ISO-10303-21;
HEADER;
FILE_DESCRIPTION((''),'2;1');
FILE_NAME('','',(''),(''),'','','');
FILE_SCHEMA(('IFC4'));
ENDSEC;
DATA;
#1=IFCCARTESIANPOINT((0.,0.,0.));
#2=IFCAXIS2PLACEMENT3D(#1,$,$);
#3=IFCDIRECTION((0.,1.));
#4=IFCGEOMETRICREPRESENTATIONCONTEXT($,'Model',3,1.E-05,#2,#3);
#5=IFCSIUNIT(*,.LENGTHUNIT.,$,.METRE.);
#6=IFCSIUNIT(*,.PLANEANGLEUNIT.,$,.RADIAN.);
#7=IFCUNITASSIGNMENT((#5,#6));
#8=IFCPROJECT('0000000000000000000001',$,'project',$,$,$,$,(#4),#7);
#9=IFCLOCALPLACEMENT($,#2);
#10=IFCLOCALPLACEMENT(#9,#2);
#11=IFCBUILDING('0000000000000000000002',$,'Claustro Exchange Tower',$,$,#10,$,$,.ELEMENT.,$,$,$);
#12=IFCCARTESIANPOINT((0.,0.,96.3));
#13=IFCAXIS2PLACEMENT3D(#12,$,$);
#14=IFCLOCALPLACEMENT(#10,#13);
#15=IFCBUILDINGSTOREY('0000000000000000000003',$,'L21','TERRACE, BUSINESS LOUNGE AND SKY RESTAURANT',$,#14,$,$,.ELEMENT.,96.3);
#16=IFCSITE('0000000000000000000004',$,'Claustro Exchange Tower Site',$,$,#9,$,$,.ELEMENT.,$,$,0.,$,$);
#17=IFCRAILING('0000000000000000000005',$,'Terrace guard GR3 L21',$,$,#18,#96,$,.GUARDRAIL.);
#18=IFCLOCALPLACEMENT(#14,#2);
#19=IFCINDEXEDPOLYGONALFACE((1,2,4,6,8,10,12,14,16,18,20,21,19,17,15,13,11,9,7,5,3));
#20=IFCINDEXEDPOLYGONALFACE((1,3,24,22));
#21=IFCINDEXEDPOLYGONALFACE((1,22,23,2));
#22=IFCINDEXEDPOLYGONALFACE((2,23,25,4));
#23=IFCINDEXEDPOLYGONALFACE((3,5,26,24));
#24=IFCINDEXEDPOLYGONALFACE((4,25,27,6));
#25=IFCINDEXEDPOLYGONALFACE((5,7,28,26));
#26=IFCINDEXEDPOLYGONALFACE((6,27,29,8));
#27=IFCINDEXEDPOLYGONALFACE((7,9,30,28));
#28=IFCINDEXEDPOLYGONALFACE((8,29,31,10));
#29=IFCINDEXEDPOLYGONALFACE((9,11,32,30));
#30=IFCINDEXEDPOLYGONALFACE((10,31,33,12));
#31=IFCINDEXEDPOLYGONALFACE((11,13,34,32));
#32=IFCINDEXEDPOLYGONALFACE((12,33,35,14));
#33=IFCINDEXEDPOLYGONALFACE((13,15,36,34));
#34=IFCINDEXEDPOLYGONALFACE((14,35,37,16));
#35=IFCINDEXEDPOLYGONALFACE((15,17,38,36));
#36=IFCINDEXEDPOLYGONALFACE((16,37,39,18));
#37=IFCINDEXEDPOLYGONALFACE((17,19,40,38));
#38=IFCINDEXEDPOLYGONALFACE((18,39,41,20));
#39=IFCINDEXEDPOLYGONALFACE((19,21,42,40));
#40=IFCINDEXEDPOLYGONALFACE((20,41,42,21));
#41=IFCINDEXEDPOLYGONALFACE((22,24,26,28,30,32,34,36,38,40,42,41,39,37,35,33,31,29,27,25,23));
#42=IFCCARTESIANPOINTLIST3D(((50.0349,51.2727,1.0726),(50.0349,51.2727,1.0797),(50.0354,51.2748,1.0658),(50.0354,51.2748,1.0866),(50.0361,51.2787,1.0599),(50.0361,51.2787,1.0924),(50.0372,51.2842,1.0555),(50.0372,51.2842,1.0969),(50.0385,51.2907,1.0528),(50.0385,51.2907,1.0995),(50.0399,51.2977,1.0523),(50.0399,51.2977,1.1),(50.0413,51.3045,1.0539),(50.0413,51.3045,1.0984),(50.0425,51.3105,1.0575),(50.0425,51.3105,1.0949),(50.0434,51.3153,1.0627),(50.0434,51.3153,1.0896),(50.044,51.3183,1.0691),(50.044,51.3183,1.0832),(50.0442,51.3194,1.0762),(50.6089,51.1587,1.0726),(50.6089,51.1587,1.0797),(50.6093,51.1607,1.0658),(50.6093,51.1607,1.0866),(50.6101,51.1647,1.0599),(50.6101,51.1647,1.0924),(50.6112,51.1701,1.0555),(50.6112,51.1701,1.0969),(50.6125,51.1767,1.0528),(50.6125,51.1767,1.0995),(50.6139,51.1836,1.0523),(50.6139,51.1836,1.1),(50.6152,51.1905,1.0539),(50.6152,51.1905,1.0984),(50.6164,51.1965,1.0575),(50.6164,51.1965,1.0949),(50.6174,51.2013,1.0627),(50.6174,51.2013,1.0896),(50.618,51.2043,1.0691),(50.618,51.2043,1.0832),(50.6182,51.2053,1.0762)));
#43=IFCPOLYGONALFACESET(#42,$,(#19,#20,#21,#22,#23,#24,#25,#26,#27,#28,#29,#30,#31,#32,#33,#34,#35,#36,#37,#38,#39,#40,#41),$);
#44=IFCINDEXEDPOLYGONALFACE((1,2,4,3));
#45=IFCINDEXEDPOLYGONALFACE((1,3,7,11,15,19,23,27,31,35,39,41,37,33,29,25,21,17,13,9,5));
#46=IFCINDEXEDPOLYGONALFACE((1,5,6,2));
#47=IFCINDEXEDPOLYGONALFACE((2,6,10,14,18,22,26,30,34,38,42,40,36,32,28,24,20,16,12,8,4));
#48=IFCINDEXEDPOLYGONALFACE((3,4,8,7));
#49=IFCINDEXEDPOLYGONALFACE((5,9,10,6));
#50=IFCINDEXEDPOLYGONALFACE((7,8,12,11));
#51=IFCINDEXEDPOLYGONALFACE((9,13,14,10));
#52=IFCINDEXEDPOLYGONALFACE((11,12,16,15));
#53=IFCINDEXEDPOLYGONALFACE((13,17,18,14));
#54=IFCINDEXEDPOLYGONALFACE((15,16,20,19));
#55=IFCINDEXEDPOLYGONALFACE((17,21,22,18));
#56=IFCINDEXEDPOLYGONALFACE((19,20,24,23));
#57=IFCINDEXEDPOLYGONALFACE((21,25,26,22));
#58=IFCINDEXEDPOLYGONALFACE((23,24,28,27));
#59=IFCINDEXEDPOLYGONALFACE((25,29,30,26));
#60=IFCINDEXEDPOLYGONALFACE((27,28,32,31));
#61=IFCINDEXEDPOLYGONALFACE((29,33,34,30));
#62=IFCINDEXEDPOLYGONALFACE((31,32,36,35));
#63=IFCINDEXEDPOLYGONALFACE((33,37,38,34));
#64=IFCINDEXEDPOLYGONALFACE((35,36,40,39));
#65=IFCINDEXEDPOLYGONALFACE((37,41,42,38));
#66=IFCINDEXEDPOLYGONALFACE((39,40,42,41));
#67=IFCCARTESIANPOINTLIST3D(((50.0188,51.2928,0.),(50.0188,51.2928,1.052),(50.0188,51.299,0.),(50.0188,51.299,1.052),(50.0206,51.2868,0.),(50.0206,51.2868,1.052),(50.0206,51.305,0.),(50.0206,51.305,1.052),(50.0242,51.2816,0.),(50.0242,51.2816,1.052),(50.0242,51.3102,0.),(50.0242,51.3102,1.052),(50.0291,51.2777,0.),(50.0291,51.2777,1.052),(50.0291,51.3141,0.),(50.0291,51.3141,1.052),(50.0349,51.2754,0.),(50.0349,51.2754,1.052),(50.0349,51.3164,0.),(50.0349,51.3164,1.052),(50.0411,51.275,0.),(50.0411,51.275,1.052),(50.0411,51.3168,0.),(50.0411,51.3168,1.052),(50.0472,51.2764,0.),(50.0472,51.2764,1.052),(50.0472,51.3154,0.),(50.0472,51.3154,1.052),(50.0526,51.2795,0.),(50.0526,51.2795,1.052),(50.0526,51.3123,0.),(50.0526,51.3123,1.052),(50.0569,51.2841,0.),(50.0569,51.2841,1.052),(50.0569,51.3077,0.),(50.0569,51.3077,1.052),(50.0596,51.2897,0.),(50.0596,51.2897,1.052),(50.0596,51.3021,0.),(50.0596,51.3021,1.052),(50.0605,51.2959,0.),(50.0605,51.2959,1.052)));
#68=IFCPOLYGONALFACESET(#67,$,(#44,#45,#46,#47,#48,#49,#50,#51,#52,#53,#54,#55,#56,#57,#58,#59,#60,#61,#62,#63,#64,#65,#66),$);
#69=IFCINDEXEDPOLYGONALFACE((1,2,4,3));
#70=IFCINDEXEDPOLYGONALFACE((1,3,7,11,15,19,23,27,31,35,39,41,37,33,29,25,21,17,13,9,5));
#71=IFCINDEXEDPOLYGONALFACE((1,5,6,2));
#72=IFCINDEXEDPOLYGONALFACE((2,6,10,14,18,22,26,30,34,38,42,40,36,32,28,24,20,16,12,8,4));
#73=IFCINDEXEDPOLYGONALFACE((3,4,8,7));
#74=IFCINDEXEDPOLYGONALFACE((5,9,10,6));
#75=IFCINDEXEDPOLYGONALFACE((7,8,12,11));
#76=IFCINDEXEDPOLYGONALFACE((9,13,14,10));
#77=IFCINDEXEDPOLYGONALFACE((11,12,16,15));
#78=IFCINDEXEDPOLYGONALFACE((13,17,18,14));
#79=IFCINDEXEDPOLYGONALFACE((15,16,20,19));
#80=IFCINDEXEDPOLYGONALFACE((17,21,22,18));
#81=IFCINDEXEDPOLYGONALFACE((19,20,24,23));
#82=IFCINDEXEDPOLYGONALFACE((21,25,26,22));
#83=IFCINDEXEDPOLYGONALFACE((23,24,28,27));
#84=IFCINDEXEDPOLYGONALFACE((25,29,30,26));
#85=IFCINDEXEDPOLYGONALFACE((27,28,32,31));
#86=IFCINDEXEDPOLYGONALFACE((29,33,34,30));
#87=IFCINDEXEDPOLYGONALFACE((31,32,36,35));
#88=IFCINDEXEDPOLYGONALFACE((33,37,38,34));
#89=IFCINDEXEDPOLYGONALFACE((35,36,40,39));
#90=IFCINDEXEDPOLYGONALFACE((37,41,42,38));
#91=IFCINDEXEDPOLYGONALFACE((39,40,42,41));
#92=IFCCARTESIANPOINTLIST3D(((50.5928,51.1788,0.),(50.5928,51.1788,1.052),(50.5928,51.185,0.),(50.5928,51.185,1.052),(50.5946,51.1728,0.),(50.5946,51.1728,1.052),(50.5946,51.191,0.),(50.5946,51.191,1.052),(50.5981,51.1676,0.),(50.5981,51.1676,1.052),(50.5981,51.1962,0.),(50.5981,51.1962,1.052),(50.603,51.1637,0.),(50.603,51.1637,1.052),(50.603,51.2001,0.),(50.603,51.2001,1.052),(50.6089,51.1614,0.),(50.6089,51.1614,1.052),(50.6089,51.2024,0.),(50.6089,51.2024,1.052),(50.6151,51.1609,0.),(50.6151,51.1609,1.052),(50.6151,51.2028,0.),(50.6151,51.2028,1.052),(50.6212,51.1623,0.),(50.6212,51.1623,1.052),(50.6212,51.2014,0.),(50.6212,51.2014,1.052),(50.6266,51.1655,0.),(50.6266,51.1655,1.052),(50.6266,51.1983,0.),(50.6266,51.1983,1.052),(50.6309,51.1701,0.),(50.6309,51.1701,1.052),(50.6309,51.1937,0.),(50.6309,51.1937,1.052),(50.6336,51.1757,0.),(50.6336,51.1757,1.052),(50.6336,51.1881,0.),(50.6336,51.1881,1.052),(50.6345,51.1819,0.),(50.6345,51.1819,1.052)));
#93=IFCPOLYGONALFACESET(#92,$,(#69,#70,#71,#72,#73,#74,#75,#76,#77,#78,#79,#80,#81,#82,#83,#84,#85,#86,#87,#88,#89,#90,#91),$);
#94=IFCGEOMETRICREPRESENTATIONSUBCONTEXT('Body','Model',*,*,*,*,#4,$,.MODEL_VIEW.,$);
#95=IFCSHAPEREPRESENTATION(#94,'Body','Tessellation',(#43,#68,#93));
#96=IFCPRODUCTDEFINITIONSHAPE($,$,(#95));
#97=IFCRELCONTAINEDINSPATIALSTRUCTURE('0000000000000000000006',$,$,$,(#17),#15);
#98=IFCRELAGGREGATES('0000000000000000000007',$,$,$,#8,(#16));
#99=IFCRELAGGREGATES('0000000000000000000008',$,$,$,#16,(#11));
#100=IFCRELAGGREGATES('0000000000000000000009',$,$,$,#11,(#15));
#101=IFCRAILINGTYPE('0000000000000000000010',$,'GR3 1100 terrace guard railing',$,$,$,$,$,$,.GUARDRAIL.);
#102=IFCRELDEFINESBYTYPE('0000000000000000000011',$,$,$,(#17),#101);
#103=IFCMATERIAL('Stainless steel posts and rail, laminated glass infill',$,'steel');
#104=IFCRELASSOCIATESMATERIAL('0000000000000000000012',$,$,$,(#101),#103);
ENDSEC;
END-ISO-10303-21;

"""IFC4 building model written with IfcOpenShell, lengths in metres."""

from ifc_helpers import new_model, si_unit, direction, frame, origin, origin_2d, place, context, subcontext, project, spatial, circle, extrude, material, type_object, element, save


model = new_model("IFC4")

# Units and contexts
model_context = context("Model", 3, precision=1e-05, world=origin(), true_north=direction((0.0, 1.0)))
body_context = subcontext(model_context, "Body", "Model", "MODEL_VIEW")
ifc_project = project(units=[si_unit("LENGTHUNIT", "METRE"), si_unit("PLANEANGLEUNIT", "RADIAN")], contexts=[model_context])

# Site, building, storey
site_placement = place(None, origin())
site = spatial("IfcSite", under=ifc_project, at=site_placement, Name="Claustro Exchange Tower Site", CompositionType="ELEMENT", RefElevation=0.0)
building_placement = place(site_placement, origin())
building = spatial("IfcBuilding", under=site, at=building_placement, Name="Claustro Exchange Tower", CompositionType="ELEMENT")
storey_placement = place(building_placement, frame((0.0, 0.0, 96.3)))
storey = spatial("IfcBuildingStorey", under=building, at=storey_placement, Name="L21", Description="TERRACE, BUSINESS LOUNGE AND SKY RESTAURANT", CompositionType="ELEMENT", Elevation=96.3)

# Railing
ifc_material_1 = material(Name="Stainless steel posts and rail, laminated glass infill", Category="steel")
railing_type = type_object("IfcRailingType", Name="GR3 1100 terrace guard railing", PredefinedType="GUARDRAIL", material=ifc_material_1)
railing_placement = place(storey_placement, frame((50.0396, 51.2959, 0.0)))
element("IfcRailing", 1, at=railing_placement, inside=storey, type_object=railing_type, Name="Terrace guard GR3 L21", PredefinedType="GUARDRAIL", context=body_context, shape_type="SweptSolid", body=[
    extrude(circle(Radius=0.0239, at=origin_2d()), frame((0.0, 0.0, 1.0762), z_axis=(0.980837, -0.194832, 0.0), x_axis=(0.194832, 0.980837, 0.0)), (0.0, 0.0, 1.0), 0.5852),
    extrude(circle(Radius=0.021, at=origin_2d()), origin(), (0.0, 0.0, 1.0), 1.052),
    extrude(circle(Radius=0.021, at=origin_2d()), frame((0.574, -0.114, 0.0)), (0.0, 0.0, 1.0), 1.052),
])

save(model, "model.ifc")
